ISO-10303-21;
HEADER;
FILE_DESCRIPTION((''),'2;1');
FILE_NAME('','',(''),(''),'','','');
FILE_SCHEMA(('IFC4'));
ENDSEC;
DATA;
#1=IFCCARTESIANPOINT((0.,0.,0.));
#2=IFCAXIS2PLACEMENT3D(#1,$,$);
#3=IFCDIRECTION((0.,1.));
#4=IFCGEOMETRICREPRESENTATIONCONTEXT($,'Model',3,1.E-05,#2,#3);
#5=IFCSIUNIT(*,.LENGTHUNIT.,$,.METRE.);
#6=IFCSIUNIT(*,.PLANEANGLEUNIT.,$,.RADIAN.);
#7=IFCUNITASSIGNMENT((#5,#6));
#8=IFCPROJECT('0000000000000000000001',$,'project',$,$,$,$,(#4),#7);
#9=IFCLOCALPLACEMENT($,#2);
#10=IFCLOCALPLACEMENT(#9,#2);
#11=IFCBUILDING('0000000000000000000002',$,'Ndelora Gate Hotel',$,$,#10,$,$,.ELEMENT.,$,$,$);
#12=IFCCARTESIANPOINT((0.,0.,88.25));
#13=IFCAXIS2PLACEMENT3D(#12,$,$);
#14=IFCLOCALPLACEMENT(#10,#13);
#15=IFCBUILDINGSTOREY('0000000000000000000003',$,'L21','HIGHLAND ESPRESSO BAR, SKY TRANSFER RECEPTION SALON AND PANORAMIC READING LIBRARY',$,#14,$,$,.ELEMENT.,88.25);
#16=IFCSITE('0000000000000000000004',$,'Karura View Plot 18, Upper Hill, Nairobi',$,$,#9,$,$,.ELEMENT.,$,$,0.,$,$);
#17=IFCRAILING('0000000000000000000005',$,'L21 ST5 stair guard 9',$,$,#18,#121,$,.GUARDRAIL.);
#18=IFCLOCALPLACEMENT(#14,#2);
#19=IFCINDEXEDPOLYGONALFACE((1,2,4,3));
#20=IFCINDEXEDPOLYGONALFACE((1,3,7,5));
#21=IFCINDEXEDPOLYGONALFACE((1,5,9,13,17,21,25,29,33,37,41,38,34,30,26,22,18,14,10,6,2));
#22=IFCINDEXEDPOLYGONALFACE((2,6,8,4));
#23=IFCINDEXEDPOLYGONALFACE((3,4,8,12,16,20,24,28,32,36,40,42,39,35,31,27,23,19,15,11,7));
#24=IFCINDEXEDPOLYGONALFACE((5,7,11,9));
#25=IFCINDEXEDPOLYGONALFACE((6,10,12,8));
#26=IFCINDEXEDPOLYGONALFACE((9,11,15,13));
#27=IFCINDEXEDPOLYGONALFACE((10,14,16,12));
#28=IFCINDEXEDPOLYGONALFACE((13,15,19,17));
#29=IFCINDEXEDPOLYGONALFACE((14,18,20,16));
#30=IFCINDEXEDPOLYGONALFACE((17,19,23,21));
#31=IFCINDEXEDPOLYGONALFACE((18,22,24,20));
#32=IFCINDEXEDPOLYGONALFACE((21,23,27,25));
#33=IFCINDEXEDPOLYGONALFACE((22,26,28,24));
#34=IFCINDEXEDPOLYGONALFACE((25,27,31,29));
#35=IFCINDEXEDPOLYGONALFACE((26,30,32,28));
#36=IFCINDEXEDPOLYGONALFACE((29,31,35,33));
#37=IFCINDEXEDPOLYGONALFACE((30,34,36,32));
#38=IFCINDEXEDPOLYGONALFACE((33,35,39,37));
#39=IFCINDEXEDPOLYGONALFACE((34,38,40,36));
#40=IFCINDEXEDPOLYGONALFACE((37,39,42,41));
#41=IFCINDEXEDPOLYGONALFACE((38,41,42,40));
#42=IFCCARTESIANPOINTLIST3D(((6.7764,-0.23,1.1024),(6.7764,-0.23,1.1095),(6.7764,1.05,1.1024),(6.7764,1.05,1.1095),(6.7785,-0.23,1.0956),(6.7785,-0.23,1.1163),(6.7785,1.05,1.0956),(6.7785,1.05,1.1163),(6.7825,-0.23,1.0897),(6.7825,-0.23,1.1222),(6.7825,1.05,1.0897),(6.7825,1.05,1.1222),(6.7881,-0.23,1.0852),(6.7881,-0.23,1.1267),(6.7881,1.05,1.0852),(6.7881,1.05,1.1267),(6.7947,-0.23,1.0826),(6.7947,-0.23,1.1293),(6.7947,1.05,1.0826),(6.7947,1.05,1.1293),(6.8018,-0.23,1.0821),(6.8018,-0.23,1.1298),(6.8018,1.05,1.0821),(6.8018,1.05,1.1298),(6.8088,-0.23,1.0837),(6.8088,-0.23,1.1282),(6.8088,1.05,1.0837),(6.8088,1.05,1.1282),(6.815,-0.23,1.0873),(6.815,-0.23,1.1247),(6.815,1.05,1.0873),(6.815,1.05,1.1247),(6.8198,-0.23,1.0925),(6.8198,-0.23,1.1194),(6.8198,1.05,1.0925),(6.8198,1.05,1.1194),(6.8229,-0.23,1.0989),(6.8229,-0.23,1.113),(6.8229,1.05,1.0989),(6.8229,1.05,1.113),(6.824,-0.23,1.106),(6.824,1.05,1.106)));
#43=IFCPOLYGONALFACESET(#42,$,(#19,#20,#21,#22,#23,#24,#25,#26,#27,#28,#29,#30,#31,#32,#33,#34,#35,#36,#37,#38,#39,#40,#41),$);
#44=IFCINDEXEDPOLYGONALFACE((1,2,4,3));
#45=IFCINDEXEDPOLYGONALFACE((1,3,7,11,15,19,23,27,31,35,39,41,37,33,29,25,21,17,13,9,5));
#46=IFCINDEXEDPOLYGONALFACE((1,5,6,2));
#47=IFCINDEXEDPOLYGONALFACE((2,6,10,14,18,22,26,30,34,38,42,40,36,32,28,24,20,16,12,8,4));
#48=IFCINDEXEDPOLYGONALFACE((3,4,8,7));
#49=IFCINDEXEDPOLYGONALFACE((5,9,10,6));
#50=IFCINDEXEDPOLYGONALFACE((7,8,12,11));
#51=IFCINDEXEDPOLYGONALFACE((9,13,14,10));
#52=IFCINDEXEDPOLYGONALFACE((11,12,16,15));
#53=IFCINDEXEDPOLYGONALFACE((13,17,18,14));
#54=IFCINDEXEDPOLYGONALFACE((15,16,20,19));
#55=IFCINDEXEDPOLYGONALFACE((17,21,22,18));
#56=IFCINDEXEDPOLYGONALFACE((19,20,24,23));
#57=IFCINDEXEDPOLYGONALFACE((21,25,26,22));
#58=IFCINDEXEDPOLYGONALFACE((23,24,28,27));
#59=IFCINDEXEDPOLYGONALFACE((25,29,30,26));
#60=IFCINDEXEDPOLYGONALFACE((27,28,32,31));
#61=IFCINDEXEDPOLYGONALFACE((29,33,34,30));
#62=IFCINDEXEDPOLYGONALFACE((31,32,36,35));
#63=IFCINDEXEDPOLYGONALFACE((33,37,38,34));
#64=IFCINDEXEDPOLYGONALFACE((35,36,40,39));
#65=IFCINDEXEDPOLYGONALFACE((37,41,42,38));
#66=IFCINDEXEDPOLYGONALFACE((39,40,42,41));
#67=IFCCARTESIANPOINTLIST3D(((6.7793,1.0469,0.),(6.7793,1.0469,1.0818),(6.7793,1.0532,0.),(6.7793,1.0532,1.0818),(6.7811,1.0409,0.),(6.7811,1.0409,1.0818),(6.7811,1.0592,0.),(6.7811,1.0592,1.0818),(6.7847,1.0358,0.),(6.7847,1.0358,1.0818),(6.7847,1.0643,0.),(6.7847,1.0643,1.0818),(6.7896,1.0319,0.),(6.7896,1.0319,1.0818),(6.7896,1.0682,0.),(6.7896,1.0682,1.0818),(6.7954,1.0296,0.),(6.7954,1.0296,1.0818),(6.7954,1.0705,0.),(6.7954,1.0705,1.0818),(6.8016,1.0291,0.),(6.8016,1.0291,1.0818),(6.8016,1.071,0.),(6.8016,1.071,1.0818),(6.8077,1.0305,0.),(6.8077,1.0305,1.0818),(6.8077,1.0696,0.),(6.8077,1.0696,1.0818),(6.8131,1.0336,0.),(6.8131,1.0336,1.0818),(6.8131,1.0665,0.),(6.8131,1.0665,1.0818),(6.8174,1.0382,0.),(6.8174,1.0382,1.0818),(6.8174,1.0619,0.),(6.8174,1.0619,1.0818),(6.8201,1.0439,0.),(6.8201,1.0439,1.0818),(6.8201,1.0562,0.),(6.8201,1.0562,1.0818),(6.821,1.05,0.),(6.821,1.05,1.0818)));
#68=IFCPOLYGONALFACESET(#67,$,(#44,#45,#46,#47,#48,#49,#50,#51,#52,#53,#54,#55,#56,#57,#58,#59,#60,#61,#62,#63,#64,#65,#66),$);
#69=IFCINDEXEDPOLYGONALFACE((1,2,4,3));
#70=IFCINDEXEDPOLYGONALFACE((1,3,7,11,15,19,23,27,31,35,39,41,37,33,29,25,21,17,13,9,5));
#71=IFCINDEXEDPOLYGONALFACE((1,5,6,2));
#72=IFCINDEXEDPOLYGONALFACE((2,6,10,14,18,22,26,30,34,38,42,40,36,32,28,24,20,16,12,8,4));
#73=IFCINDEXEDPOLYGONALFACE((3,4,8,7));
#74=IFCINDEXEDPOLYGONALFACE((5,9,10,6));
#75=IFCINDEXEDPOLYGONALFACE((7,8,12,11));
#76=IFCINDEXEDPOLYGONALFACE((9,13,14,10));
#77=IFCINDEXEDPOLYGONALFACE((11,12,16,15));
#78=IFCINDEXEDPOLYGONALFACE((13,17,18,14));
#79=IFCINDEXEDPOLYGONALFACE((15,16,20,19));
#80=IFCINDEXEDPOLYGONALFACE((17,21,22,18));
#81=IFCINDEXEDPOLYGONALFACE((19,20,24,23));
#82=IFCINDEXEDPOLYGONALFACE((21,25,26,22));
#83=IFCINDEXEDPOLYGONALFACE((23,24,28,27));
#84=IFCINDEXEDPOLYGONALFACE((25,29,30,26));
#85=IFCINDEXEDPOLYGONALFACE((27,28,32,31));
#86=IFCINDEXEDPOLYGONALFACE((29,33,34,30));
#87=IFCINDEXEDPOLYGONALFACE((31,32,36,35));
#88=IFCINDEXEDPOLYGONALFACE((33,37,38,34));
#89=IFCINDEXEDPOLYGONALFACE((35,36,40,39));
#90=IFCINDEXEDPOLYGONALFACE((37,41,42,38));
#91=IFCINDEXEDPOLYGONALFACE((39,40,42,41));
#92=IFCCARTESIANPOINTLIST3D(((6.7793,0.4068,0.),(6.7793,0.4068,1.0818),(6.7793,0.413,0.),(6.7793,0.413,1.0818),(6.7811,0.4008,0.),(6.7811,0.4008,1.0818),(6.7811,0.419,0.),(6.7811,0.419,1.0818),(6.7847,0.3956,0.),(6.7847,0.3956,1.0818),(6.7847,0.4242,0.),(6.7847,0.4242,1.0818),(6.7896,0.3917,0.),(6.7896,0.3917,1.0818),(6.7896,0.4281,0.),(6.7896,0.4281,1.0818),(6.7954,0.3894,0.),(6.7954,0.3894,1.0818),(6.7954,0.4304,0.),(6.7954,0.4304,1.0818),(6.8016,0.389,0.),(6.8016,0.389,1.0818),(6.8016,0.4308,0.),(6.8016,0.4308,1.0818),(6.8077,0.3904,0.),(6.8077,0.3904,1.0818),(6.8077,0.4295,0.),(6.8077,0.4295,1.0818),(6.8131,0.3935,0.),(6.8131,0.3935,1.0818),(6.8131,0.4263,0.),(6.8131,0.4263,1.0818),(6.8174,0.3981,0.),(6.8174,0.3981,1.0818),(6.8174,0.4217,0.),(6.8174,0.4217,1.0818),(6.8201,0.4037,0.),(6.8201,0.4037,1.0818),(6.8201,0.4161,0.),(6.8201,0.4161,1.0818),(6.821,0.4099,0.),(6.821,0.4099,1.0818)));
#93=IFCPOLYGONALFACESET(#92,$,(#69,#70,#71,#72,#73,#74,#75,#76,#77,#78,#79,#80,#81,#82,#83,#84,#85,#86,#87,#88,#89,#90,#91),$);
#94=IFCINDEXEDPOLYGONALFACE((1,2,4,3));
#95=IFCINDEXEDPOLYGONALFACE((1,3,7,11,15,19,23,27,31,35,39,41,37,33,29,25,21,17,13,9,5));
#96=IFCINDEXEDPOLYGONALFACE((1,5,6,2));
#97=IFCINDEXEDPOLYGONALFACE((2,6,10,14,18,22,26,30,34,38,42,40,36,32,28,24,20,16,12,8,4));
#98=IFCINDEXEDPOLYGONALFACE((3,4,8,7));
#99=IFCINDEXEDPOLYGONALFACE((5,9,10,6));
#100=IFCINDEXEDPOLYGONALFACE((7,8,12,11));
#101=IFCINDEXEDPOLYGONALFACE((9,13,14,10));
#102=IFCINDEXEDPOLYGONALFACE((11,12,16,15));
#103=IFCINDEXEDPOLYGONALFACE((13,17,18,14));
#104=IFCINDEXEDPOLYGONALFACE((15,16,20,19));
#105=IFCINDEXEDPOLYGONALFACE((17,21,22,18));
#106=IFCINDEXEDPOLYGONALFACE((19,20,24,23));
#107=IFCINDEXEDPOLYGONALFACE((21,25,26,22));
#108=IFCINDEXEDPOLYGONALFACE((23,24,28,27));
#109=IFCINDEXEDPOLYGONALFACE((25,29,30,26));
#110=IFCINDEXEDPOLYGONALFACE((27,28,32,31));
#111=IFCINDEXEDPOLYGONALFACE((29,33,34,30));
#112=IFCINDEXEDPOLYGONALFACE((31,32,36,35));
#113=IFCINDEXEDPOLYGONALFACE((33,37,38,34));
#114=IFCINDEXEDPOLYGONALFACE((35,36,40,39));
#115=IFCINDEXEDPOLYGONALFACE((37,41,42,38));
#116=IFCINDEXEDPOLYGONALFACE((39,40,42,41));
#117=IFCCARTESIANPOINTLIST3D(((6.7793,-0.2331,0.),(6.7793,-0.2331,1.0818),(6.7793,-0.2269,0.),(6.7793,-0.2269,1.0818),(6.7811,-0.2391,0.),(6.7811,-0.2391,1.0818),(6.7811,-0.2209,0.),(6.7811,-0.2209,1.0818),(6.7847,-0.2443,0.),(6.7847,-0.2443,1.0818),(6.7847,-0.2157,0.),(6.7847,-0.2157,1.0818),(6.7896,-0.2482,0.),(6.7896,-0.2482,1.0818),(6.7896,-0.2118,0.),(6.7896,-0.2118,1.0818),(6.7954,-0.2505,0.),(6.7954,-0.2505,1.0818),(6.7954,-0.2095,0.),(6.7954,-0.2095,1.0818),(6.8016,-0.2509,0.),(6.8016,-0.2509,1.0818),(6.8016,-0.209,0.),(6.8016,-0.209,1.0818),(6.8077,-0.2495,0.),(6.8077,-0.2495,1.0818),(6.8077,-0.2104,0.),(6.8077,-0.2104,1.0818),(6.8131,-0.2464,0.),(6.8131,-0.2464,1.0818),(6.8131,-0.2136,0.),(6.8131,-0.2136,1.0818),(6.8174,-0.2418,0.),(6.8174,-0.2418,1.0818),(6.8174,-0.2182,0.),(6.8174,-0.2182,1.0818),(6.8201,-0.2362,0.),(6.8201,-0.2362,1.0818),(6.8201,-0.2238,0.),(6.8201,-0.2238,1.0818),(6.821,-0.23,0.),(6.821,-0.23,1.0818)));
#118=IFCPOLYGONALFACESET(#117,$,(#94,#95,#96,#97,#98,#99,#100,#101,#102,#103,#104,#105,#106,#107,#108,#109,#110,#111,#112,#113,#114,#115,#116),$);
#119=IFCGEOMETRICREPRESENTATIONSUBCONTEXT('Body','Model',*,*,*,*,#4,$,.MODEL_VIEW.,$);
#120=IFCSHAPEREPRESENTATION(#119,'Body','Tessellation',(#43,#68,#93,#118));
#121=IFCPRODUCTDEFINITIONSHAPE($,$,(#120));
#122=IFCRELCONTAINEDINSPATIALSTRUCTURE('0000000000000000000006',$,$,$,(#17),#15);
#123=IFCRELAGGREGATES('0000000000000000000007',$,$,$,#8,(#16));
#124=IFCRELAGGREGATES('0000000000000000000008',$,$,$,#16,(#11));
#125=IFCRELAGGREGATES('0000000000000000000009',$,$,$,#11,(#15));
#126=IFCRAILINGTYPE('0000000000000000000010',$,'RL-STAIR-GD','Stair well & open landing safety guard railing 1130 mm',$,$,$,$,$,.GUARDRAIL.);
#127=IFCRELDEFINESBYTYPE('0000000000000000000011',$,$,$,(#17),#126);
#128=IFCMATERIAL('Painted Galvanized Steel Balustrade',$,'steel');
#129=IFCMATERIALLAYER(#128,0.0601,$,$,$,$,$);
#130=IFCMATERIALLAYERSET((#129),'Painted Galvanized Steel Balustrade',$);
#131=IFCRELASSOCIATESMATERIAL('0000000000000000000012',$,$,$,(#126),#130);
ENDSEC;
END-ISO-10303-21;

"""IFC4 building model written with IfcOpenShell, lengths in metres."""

from ifc_helpers import new_model, si_unit, direction, frame, origin, origin_2d, place, context, subcontext, project, spatial, circle, extrude, material, layer, layer_set, type_object, element, save


model = new_model("IFC4")

# Units and contexts
model_context = context("Model", 3, precision=1e-05, world=origin(), true_north=direction((0.0, 1.0)))
body_context = subcontext(model_context, "Body", "Model", "MODEL_VIEW")
ifc_project = project(units=[si_unit("LENGTHUNIT", "METRE"), si_unit("PLANEANGLEUNIT", "RADIAN")], contexts=[model_context])

# Site, building, storey
site_placement = place(None, origin())
site = spatial("IfcSite", under=ifc_project, at=site_placement, Name="Karura View Plot 18, Upper Hill, Nairobi", CompositionType="ELEMENT", RefElevation=0.0)
building_placement = place(site_placement, origin())
building = spatial("IfcBuilding", under=site, at=building_placement, Name="Ndelora Gate Hotel", CompositionType="ELEMENT")
storey_placement = place(building_placement, frame((0.0, 0.0, 88.25)))
storey = spatial("IfcBuildingStorey", under=building, at=storey_placement, Name="L21", Description="HIGHLAND ESPRESSO BAR, SKY TRANSFER RECEPTION SALON AND PANORAMIC READING LIBRARY", CompositionType="ELEMENT", Elevation=88.25)

# Railing
ifc_material_1 = material(Name="Painted Galvanized Steel Balustrade", Category="steel")
ifc_layer_1 = layer(ifc_material_1, 0.0601)
ifc_layer_set_1 = layer_set([ifc_layer_1], Name="Painted Galvanized Steel Balustrade")
railing_type = type_object("IfcRailingType", Name="RL-STAIR-GD", Description="Stair well & open landing safety guard railing 1130 mm", PredefinedType="GUARDRAIL", material=ifc_layer_set_1)
for number, where, name in (
    (1, (6.8, 1.05, 0.0), "L21 ST5 stair guard 9"),
):
    element("IfcRailing", number, at=place(storey_placement, frame(where)), inside=storey, type_object=railing_type, Name=name, PredefinedType="GUARDRAIL", context=body_context, shape_type="SweptSolid", body=[
        extrude(circle(Radius=0.0239, at=origin_2d()), frame((0.0, 0.0, 1.106), z_axis=(0.0, -1.0, 0.0), x_axis=(1.0, 0.0, 0.0)), (0.0, 0.0, 1.0), 1.28),
        extrude(circle(Radius=0.021, at=origin_2d()), origin(), (0.0, 0.0, 1.0), 1.0818),
        extrude(circle(Radius=0.021, at=origin_2d()), frame((0.0, -0.6401, 0.0)), (0.0, 0.0, 1.0), 1.0818),
        extrude(circle(Radius=0.021, at=origin_2d()), frame((0.0, -1.28, 0.0)), (0.0, 0.0, 1.0), 1.0818),
    ])

save(model, "model.ifc")
